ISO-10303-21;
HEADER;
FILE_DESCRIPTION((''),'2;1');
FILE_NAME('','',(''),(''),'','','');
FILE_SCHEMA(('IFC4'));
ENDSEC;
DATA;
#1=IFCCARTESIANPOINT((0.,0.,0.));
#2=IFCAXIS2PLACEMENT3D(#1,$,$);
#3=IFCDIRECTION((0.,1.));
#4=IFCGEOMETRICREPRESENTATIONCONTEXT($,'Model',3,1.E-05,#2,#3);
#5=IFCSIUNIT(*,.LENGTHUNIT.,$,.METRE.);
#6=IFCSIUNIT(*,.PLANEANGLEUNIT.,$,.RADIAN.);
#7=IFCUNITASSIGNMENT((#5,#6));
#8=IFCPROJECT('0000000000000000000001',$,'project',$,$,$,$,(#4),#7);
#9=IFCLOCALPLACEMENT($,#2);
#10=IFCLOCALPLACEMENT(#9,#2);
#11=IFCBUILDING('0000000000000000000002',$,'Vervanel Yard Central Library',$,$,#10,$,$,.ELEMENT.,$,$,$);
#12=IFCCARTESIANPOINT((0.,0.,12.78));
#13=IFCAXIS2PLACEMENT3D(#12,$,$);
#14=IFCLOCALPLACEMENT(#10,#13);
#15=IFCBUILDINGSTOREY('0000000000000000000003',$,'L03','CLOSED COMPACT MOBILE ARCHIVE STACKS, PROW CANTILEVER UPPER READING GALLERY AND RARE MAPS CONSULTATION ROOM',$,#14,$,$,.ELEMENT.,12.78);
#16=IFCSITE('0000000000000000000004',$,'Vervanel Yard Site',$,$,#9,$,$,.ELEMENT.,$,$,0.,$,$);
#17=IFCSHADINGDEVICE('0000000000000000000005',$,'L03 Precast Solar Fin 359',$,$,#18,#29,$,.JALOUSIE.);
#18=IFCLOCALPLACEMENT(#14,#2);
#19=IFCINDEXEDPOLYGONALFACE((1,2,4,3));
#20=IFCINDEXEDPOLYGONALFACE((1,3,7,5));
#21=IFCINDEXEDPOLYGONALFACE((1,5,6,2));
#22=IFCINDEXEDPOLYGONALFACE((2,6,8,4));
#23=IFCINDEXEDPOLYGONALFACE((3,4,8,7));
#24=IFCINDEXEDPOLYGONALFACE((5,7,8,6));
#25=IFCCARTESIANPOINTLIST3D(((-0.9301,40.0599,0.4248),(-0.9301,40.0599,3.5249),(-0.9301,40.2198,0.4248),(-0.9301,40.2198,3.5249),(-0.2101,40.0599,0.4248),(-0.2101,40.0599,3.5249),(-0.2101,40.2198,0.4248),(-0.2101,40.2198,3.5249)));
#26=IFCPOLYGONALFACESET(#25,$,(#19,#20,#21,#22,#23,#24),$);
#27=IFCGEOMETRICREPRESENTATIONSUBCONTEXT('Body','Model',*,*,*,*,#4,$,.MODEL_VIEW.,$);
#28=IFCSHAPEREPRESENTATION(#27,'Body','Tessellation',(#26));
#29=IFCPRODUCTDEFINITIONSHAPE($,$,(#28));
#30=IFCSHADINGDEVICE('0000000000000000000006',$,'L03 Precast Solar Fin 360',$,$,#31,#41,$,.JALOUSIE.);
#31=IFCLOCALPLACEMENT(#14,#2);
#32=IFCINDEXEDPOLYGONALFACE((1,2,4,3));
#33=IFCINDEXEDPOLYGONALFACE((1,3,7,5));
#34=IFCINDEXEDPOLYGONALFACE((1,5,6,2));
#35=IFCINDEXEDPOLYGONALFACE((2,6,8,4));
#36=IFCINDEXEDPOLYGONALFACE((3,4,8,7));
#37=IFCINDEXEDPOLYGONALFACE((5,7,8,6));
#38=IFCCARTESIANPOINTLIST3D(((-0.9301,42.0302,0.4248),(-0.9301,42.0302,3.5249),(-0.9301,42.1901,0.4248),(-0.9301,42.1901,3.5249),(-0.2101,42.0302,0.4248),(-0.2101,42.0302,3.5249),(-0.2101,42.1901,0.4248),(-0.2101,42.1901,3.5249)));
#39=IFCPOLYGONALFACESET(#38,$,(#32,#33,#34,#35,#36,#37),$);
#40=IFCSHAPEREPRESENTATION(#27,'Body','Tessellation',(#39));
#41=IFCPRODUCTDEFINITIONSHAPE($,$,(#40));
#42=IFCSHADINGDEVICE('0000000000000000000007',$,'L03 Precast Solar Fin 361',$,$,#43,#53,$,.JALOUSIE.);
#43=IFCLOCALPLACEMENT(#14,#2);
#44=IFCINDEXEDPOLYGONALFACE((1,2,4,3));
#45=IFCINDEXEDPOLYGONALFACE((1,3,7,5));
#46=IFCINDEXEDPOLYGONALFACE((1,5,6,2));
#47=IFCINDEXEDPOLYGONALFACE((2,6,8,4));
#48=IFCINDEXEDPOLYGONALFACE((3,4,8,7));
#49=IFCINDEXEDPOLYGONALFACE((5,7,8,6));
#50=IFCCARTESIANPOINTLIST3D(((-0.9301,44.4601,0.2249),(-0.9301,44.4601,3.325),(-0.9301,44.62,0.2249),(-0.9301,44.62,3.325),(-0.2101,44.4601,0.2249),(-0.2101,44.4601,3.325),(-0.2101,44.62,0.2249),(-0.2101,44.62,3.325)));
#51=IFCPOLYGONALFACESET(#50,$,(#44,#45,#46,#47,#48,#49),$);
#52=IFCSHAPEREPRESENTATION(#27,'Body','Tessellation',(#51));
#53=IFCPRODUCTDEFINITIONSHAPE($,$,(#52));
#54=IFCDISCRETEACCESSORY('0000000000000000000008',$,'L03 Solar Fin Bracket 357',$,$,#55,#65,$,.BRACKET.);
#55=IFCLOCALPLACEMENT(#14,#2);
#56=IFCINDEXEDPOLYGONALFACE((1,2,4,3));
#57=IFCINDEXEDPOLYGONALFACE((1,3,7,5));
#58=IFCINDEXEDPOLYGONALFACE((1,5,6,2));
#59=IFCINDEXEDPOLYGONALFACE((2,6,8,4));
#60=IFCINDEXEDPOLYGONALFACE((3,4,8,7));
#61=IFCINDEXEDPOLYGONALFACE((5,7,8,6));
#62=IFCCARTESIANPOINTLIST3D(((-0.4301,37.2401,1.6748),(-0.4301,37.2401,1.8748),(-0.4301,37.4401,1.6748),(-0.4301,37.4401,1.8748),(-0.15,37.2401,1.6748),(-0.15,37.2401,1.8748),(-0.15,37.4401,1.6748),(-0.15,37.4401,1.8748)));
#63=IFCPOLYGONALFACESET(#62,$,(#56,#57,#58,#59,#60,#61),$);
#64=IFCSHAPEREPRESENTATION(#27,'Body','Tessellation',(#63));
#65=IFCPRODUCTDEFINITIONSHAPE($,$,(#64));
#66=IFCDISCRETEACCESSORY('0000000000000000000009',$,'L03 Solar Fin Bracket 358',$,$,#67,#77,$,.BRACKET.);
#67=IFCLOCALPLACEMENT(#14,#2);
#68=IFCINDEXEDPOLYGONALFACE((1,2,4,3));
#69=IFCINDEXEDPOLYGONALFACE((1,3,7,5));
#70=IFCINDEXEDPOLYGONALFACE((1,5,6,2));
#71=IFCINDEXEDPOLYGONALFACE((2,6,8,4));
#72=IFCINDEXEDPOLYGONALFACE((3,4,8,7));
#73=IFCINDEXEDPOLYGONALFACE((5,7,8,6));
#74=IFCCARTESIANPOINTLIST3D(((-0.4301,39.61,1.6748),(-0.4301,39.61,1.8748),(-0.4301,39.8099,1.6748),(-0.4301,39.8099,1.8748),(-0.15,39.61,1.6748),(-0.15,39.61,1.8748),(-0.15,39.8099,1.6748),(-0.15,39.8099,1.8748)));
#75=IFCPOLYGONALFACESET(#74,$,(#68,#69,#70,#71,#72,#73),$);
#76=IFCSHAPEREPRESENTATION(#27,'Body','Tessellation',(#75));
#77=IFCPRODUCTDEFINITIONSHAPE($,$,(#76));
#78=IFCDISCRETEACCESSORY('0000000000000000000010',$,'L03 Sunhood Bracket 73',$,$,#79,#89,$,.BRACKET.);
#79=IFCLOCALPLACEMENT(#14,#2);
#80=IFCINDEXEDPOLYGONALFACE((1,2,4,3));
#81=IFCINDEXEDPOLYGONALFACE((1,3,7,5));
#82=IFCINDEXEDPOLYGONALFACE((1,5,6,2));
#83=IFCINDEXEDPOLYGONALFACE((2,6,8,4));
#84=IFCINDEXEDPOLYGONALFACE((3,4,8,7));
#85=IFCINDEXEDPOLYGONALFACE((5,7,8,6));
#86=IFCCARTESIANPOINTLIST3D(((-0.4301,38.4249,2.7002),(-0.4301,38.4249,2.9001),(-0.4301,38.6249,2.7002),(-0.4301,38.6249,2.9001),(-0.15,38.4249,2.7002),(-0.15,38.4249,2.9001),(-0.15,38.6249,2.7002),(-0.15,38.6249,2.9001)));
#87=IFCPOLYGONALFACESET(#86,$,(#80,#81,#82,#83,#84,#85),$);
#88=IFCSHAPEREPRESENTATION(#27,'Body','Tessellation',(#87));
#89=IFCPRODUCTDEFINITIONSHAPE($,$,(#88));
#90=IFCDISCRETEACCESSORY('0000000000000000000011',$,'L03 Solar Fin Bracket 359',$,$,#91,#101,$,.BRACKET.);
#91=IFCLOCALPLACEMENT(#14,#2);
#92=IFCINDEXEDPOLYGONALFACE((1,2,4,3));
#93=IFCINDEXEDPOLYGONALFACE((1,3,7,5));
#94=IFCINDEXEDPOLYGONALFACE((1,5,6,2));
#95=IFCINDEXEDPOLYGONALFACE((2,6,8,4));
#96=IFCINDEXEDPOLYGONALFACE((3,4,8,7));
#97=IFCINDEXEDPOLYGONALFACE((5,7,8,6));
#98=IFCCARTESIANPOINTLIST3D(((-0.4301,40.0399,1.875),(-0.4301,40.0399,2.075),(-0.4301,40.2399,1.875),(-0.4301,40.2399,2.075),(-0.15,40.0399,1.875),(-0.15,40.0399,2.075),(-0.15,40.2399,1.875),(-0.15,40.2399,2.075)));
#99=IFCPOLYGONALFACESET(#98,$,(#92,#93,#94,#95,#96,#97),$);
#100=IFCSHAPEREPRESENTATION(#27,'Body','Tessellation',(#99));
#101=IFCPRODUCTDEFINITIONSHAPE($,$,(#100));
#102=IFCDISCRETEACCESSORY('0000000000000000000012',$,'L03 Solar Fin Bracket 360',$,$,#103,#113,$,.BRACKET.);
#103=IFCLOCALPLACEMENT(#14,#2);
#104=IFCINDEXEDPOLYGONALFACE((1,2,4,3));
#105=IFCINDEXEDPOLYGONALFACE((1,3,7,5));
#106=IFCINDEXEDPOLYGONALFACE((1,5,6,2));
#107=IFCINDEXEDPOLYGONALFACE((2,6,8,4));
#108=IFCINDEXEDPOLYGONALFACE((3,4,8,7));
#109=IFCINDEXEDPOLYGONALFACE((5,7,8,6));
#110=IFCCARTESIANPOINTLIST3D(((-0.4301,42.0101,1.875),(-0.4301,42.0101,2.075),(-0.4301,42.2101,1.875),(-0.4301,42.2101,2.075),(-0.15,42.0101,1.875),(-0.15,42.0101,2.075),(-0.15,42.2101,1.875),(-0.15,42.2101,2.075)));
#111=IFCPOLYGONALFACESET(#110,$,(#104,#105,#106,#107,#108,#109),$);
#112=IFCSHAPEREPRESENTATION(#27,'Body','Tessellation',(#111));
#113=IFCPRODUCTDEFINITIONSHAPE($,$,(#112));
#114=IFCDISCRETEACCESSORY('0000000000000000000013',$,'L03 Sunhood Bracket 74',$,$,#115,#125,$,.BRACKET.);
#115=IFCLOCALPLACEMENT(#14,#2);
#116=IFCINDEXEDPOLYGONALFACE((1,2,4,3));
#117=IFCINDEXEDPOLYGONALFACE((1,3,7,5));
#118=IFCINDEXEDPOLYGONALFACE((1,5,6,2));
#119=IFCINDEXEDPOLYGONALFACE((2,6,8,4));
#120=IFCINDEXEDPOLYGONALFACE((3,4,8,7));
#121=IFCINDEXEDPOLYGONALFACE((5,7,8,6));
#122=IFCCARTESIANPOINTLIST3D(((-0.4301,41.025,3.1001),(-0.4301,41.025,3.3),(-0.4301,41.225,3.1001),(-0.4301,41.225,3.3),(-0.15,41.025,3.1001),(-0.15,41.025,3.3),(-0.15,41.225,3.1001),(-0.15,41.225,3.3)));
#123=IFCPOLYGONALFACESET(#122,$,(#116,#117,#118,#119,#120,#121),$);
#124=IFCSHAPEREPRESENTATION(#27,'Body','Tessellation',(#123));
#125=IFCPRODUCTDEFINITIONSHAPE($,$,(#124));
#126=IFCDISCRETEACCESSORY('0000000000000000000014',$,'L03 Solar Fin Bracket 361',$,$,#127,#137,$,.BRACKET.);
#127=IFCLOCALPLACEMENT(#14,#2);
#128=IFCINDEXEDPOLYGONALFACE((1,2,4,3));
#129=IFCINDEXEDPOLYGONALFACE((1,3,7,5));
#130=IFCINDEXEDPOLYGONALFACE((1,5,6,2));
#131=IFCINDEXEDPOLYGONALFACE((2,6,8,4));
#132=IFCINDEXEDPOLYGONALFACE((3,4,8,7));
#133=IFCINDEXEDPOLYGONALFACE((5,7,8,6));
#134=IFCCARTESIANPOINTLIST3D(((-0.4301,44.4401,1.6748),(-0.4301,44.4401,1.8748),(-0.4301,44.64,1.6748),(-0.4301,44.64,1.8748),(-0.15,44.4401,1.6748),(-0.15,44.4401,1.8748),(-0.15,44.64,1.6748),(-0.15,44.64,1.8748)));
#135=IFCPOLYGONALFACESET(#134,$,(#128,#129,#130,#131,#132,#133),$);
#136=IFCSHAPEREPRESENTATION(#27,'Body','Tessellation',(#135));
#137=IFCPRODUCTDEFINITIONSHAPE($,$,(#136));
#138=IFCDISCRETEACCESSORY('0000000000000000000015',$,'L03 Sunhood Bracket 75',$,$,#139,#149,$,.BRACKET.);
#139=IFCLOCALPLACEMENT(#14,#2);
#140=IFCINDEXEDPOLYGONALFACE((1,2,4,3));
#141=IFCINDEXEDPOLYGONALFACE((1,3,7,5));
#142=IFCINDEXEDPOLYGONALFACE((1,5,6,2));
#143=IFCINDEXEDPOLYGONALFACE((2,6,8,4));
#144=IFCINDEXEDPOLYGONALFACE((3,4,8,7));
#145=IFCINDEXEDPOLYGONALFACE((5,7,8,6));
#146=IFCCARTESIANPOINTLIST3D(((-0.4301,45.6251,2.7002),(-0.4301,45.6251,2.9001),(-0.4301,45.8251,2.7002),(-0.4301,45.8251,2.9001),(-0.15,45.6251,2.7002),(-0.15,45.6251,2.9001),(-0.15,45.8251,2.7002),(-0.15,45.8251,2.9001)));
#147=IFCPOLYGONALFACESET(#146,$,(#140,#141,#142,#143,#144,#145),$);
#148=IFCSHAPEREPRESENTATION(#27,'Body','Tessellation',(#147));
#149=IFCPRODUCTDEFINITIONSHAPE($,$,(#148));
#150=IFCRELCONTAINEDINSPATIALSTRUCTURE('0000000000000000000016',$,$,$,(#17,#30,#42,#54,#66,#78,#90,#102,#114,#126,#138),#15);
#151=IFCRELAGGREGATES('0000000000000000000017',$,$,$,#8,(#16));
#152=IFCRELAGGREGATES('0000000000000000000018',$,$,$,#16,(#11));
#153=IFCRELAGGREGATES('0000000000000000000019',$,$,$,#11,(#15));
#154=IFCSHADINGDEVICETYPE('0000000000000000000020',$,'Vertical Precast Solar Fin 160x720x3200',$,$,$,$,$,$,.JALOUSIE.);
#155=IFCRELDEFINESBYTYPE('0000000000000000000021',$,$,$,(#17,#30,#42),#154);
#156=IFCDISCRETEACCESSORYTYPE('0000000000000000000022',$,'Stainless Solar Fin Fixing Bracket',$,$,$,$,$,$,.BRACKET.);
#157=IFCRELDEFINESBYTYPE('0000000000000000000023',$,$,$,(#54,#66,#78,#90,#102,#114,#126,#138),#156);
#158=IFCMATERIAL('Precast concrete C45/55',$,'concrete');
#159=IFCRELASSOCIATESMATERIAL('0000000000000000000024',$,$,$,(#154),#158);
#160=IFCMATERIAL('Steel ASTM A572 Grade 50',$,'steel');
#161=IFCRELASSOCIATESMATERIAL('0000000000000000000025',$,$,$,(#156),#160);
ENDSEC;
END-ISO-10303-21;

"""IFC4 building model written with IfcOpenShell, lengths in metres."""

from ifc_helpers import new_model, si_unit, direction, frame, origin, origin_2d, place, context, subcontext, project, spatial, rectangle, extrude, material, type_object, element, save


model = new_model("IFC4")

# Units and contexts
model_context = context("Model", 3, precision=1e-05, world=origin(), true_north=direction((0.0, 1.0)))
body_context = subcontext(model_context, "Body", "Model", "MODEL_VIEW")
ifc_project = project(units=[si_unit("LENGTHUNIT", "METRE"), si_unit("PLANEANGLEUNIT", "RADIAN")], contexts=[model_context])

# Site, building, storey
site_placement = place(None, origin())
site = spatial("IfcSite", under=ifc_project, at=site_placement, Name="Vervanel Yard Site", CompositionType="ELEMENT", RefElevation=0.0)
building_placement = place(site_placement, origin())
building = spatial("IfcBuilding", under=site, at=building_placement, Name="Vervanel Yard Central Library", CompositionType="ELEMENT")
storey_placement = place(building_placement, frame((0.0, 0.0, 12.78)))
storey = spatial("IfcBuildingStorey", under=building, at=storey_placement, Name="L03", Description="CLOSED COMPACT MOBILE ARCHIVE STACKS, PROW CANTILEVER UPPER READING GALLERY AND RARE MAPS CONSULTATION ROOM", CompositionType="ELEMENT", Elevation=12.78)

# Shared definitions
ifc_material_1 = material(Name="Precast concrete C45/55", Category="concrete")

# Shading devices
shading_device_type_1 = type_object("IfcShadingDeviceType", Name="Vertical Precast Solar Fin 160x720x3200", PredefinedType="JALOUSIE", material=ifc_material_1)
for number, where, z_axis, x_axis, name in (
    (1, (-0.5701, 40.1399, 0.4248), (0.0, 0.0, 1.0), (0.0, 1.0, 0.0), "L03 Precast Solar Fin 359"),
    (2, (-0.5701, 42.1101, 0.4248), (0.0, 0.0, 1.0), (0.0, 1.0, 0.0), "L03 Precast Solar Fin 360"),
    (3, (-0.5701, 44.54, 0.2249), (0.0, 0.0, 1.0), (0.0, 1.0, 0.0), "L03 Precast Solar Fin 361"),
):
    element("IfcShadingDevice", number, at=place(storey_placement, frame(where, z_axis=z_axis, x_axis=x_axis)), inside=storey, type_object=shading_device_type_1, Name=name, PredefinedType="JALOUSIE", context=body_context, shape_type="SweptSolid", body=[
        extrude(rectangle(XDim=0.1599, YDim=0.72, at=origin_2d()), origin(), (0.0, 0.0, 1.0), 3.1001),
    ])

# Discrete accessories
ifc_material_2 = material(Name="Steel ASTM A572 Grade 50", Category="steel")
discrete_accessory_type = type_object("IfcDiscreteAccessoryType", Name="Stainless Solar Fin Fixing Bracket", PredefinedType="BRACKET", material=ifc_material_2)
for number, where, z_axis, x_axis, name in (
    (4, (-0.29, 37.3401, 1.6748), (0.0, 0.0, 1.0), (0.0, 1.0, 0.0), "L03 Solar Fin Bracket 357"),
    (5, (-0.29, 39.71, 1.6748), (0.0, 0.0, 1.0), (0.0, 1.0, 0.0), "L03 Solar Fin Bracket 358"),
    (6, (-0.29, 38.5249, 2.7002), (0.0, 0.0, 1.0), (0.0, 1.0, 0.0), "L03 Sunhood Bracket 73"),
    (7, (-0.29, 40.1399, 1.875), (0.0, 0.0, 1.0), (0.0, 1.0, 0.0), "L03 Solar Fin Bracket 359"),
    (8, (-0.29, 42.1101, 1.875), (0.0, 0.0, 1.0), (0.0, 1.0, 0.0), "L03 Solar Fin Bracket 360"),
    (9, (-0.29, 41.125, 3.1001), (0.0, 0.0, 1.0), (0.0, 1.0, 0.0), "L03 Sunhood Bracket 74"),
    (10, (-0.29, 44.54, 1.6748), (0.0, 0.0, 1.0), (0.0, 1.0, 0.0), "L03 Solar Fin Bracket 361"),
    (11, (-0.29, 45.7251, 2.7002), (0.0, 0.0, 1.0), (0.0, 1.0, 0.0), "L03 Sunhood Bracket 75"),
):
    element("IfcDiscreteAccessory", number, at=place(storey_placement, frame(where, z_axis=z_axis, x_axis=x_axis)), inside=storey, type_object=discrete_accessory_type, Name=name, PredefinedType="BRACKET", context=body_context, shape_type="SweptSolid", body=[
        extrude(rectangle(XDim=0.2, YDim=0.28, at=origin_2d()), origin(), (0.0, 0.0, 1.0), 0.2),
    ])

save(model, "model.ifc")
